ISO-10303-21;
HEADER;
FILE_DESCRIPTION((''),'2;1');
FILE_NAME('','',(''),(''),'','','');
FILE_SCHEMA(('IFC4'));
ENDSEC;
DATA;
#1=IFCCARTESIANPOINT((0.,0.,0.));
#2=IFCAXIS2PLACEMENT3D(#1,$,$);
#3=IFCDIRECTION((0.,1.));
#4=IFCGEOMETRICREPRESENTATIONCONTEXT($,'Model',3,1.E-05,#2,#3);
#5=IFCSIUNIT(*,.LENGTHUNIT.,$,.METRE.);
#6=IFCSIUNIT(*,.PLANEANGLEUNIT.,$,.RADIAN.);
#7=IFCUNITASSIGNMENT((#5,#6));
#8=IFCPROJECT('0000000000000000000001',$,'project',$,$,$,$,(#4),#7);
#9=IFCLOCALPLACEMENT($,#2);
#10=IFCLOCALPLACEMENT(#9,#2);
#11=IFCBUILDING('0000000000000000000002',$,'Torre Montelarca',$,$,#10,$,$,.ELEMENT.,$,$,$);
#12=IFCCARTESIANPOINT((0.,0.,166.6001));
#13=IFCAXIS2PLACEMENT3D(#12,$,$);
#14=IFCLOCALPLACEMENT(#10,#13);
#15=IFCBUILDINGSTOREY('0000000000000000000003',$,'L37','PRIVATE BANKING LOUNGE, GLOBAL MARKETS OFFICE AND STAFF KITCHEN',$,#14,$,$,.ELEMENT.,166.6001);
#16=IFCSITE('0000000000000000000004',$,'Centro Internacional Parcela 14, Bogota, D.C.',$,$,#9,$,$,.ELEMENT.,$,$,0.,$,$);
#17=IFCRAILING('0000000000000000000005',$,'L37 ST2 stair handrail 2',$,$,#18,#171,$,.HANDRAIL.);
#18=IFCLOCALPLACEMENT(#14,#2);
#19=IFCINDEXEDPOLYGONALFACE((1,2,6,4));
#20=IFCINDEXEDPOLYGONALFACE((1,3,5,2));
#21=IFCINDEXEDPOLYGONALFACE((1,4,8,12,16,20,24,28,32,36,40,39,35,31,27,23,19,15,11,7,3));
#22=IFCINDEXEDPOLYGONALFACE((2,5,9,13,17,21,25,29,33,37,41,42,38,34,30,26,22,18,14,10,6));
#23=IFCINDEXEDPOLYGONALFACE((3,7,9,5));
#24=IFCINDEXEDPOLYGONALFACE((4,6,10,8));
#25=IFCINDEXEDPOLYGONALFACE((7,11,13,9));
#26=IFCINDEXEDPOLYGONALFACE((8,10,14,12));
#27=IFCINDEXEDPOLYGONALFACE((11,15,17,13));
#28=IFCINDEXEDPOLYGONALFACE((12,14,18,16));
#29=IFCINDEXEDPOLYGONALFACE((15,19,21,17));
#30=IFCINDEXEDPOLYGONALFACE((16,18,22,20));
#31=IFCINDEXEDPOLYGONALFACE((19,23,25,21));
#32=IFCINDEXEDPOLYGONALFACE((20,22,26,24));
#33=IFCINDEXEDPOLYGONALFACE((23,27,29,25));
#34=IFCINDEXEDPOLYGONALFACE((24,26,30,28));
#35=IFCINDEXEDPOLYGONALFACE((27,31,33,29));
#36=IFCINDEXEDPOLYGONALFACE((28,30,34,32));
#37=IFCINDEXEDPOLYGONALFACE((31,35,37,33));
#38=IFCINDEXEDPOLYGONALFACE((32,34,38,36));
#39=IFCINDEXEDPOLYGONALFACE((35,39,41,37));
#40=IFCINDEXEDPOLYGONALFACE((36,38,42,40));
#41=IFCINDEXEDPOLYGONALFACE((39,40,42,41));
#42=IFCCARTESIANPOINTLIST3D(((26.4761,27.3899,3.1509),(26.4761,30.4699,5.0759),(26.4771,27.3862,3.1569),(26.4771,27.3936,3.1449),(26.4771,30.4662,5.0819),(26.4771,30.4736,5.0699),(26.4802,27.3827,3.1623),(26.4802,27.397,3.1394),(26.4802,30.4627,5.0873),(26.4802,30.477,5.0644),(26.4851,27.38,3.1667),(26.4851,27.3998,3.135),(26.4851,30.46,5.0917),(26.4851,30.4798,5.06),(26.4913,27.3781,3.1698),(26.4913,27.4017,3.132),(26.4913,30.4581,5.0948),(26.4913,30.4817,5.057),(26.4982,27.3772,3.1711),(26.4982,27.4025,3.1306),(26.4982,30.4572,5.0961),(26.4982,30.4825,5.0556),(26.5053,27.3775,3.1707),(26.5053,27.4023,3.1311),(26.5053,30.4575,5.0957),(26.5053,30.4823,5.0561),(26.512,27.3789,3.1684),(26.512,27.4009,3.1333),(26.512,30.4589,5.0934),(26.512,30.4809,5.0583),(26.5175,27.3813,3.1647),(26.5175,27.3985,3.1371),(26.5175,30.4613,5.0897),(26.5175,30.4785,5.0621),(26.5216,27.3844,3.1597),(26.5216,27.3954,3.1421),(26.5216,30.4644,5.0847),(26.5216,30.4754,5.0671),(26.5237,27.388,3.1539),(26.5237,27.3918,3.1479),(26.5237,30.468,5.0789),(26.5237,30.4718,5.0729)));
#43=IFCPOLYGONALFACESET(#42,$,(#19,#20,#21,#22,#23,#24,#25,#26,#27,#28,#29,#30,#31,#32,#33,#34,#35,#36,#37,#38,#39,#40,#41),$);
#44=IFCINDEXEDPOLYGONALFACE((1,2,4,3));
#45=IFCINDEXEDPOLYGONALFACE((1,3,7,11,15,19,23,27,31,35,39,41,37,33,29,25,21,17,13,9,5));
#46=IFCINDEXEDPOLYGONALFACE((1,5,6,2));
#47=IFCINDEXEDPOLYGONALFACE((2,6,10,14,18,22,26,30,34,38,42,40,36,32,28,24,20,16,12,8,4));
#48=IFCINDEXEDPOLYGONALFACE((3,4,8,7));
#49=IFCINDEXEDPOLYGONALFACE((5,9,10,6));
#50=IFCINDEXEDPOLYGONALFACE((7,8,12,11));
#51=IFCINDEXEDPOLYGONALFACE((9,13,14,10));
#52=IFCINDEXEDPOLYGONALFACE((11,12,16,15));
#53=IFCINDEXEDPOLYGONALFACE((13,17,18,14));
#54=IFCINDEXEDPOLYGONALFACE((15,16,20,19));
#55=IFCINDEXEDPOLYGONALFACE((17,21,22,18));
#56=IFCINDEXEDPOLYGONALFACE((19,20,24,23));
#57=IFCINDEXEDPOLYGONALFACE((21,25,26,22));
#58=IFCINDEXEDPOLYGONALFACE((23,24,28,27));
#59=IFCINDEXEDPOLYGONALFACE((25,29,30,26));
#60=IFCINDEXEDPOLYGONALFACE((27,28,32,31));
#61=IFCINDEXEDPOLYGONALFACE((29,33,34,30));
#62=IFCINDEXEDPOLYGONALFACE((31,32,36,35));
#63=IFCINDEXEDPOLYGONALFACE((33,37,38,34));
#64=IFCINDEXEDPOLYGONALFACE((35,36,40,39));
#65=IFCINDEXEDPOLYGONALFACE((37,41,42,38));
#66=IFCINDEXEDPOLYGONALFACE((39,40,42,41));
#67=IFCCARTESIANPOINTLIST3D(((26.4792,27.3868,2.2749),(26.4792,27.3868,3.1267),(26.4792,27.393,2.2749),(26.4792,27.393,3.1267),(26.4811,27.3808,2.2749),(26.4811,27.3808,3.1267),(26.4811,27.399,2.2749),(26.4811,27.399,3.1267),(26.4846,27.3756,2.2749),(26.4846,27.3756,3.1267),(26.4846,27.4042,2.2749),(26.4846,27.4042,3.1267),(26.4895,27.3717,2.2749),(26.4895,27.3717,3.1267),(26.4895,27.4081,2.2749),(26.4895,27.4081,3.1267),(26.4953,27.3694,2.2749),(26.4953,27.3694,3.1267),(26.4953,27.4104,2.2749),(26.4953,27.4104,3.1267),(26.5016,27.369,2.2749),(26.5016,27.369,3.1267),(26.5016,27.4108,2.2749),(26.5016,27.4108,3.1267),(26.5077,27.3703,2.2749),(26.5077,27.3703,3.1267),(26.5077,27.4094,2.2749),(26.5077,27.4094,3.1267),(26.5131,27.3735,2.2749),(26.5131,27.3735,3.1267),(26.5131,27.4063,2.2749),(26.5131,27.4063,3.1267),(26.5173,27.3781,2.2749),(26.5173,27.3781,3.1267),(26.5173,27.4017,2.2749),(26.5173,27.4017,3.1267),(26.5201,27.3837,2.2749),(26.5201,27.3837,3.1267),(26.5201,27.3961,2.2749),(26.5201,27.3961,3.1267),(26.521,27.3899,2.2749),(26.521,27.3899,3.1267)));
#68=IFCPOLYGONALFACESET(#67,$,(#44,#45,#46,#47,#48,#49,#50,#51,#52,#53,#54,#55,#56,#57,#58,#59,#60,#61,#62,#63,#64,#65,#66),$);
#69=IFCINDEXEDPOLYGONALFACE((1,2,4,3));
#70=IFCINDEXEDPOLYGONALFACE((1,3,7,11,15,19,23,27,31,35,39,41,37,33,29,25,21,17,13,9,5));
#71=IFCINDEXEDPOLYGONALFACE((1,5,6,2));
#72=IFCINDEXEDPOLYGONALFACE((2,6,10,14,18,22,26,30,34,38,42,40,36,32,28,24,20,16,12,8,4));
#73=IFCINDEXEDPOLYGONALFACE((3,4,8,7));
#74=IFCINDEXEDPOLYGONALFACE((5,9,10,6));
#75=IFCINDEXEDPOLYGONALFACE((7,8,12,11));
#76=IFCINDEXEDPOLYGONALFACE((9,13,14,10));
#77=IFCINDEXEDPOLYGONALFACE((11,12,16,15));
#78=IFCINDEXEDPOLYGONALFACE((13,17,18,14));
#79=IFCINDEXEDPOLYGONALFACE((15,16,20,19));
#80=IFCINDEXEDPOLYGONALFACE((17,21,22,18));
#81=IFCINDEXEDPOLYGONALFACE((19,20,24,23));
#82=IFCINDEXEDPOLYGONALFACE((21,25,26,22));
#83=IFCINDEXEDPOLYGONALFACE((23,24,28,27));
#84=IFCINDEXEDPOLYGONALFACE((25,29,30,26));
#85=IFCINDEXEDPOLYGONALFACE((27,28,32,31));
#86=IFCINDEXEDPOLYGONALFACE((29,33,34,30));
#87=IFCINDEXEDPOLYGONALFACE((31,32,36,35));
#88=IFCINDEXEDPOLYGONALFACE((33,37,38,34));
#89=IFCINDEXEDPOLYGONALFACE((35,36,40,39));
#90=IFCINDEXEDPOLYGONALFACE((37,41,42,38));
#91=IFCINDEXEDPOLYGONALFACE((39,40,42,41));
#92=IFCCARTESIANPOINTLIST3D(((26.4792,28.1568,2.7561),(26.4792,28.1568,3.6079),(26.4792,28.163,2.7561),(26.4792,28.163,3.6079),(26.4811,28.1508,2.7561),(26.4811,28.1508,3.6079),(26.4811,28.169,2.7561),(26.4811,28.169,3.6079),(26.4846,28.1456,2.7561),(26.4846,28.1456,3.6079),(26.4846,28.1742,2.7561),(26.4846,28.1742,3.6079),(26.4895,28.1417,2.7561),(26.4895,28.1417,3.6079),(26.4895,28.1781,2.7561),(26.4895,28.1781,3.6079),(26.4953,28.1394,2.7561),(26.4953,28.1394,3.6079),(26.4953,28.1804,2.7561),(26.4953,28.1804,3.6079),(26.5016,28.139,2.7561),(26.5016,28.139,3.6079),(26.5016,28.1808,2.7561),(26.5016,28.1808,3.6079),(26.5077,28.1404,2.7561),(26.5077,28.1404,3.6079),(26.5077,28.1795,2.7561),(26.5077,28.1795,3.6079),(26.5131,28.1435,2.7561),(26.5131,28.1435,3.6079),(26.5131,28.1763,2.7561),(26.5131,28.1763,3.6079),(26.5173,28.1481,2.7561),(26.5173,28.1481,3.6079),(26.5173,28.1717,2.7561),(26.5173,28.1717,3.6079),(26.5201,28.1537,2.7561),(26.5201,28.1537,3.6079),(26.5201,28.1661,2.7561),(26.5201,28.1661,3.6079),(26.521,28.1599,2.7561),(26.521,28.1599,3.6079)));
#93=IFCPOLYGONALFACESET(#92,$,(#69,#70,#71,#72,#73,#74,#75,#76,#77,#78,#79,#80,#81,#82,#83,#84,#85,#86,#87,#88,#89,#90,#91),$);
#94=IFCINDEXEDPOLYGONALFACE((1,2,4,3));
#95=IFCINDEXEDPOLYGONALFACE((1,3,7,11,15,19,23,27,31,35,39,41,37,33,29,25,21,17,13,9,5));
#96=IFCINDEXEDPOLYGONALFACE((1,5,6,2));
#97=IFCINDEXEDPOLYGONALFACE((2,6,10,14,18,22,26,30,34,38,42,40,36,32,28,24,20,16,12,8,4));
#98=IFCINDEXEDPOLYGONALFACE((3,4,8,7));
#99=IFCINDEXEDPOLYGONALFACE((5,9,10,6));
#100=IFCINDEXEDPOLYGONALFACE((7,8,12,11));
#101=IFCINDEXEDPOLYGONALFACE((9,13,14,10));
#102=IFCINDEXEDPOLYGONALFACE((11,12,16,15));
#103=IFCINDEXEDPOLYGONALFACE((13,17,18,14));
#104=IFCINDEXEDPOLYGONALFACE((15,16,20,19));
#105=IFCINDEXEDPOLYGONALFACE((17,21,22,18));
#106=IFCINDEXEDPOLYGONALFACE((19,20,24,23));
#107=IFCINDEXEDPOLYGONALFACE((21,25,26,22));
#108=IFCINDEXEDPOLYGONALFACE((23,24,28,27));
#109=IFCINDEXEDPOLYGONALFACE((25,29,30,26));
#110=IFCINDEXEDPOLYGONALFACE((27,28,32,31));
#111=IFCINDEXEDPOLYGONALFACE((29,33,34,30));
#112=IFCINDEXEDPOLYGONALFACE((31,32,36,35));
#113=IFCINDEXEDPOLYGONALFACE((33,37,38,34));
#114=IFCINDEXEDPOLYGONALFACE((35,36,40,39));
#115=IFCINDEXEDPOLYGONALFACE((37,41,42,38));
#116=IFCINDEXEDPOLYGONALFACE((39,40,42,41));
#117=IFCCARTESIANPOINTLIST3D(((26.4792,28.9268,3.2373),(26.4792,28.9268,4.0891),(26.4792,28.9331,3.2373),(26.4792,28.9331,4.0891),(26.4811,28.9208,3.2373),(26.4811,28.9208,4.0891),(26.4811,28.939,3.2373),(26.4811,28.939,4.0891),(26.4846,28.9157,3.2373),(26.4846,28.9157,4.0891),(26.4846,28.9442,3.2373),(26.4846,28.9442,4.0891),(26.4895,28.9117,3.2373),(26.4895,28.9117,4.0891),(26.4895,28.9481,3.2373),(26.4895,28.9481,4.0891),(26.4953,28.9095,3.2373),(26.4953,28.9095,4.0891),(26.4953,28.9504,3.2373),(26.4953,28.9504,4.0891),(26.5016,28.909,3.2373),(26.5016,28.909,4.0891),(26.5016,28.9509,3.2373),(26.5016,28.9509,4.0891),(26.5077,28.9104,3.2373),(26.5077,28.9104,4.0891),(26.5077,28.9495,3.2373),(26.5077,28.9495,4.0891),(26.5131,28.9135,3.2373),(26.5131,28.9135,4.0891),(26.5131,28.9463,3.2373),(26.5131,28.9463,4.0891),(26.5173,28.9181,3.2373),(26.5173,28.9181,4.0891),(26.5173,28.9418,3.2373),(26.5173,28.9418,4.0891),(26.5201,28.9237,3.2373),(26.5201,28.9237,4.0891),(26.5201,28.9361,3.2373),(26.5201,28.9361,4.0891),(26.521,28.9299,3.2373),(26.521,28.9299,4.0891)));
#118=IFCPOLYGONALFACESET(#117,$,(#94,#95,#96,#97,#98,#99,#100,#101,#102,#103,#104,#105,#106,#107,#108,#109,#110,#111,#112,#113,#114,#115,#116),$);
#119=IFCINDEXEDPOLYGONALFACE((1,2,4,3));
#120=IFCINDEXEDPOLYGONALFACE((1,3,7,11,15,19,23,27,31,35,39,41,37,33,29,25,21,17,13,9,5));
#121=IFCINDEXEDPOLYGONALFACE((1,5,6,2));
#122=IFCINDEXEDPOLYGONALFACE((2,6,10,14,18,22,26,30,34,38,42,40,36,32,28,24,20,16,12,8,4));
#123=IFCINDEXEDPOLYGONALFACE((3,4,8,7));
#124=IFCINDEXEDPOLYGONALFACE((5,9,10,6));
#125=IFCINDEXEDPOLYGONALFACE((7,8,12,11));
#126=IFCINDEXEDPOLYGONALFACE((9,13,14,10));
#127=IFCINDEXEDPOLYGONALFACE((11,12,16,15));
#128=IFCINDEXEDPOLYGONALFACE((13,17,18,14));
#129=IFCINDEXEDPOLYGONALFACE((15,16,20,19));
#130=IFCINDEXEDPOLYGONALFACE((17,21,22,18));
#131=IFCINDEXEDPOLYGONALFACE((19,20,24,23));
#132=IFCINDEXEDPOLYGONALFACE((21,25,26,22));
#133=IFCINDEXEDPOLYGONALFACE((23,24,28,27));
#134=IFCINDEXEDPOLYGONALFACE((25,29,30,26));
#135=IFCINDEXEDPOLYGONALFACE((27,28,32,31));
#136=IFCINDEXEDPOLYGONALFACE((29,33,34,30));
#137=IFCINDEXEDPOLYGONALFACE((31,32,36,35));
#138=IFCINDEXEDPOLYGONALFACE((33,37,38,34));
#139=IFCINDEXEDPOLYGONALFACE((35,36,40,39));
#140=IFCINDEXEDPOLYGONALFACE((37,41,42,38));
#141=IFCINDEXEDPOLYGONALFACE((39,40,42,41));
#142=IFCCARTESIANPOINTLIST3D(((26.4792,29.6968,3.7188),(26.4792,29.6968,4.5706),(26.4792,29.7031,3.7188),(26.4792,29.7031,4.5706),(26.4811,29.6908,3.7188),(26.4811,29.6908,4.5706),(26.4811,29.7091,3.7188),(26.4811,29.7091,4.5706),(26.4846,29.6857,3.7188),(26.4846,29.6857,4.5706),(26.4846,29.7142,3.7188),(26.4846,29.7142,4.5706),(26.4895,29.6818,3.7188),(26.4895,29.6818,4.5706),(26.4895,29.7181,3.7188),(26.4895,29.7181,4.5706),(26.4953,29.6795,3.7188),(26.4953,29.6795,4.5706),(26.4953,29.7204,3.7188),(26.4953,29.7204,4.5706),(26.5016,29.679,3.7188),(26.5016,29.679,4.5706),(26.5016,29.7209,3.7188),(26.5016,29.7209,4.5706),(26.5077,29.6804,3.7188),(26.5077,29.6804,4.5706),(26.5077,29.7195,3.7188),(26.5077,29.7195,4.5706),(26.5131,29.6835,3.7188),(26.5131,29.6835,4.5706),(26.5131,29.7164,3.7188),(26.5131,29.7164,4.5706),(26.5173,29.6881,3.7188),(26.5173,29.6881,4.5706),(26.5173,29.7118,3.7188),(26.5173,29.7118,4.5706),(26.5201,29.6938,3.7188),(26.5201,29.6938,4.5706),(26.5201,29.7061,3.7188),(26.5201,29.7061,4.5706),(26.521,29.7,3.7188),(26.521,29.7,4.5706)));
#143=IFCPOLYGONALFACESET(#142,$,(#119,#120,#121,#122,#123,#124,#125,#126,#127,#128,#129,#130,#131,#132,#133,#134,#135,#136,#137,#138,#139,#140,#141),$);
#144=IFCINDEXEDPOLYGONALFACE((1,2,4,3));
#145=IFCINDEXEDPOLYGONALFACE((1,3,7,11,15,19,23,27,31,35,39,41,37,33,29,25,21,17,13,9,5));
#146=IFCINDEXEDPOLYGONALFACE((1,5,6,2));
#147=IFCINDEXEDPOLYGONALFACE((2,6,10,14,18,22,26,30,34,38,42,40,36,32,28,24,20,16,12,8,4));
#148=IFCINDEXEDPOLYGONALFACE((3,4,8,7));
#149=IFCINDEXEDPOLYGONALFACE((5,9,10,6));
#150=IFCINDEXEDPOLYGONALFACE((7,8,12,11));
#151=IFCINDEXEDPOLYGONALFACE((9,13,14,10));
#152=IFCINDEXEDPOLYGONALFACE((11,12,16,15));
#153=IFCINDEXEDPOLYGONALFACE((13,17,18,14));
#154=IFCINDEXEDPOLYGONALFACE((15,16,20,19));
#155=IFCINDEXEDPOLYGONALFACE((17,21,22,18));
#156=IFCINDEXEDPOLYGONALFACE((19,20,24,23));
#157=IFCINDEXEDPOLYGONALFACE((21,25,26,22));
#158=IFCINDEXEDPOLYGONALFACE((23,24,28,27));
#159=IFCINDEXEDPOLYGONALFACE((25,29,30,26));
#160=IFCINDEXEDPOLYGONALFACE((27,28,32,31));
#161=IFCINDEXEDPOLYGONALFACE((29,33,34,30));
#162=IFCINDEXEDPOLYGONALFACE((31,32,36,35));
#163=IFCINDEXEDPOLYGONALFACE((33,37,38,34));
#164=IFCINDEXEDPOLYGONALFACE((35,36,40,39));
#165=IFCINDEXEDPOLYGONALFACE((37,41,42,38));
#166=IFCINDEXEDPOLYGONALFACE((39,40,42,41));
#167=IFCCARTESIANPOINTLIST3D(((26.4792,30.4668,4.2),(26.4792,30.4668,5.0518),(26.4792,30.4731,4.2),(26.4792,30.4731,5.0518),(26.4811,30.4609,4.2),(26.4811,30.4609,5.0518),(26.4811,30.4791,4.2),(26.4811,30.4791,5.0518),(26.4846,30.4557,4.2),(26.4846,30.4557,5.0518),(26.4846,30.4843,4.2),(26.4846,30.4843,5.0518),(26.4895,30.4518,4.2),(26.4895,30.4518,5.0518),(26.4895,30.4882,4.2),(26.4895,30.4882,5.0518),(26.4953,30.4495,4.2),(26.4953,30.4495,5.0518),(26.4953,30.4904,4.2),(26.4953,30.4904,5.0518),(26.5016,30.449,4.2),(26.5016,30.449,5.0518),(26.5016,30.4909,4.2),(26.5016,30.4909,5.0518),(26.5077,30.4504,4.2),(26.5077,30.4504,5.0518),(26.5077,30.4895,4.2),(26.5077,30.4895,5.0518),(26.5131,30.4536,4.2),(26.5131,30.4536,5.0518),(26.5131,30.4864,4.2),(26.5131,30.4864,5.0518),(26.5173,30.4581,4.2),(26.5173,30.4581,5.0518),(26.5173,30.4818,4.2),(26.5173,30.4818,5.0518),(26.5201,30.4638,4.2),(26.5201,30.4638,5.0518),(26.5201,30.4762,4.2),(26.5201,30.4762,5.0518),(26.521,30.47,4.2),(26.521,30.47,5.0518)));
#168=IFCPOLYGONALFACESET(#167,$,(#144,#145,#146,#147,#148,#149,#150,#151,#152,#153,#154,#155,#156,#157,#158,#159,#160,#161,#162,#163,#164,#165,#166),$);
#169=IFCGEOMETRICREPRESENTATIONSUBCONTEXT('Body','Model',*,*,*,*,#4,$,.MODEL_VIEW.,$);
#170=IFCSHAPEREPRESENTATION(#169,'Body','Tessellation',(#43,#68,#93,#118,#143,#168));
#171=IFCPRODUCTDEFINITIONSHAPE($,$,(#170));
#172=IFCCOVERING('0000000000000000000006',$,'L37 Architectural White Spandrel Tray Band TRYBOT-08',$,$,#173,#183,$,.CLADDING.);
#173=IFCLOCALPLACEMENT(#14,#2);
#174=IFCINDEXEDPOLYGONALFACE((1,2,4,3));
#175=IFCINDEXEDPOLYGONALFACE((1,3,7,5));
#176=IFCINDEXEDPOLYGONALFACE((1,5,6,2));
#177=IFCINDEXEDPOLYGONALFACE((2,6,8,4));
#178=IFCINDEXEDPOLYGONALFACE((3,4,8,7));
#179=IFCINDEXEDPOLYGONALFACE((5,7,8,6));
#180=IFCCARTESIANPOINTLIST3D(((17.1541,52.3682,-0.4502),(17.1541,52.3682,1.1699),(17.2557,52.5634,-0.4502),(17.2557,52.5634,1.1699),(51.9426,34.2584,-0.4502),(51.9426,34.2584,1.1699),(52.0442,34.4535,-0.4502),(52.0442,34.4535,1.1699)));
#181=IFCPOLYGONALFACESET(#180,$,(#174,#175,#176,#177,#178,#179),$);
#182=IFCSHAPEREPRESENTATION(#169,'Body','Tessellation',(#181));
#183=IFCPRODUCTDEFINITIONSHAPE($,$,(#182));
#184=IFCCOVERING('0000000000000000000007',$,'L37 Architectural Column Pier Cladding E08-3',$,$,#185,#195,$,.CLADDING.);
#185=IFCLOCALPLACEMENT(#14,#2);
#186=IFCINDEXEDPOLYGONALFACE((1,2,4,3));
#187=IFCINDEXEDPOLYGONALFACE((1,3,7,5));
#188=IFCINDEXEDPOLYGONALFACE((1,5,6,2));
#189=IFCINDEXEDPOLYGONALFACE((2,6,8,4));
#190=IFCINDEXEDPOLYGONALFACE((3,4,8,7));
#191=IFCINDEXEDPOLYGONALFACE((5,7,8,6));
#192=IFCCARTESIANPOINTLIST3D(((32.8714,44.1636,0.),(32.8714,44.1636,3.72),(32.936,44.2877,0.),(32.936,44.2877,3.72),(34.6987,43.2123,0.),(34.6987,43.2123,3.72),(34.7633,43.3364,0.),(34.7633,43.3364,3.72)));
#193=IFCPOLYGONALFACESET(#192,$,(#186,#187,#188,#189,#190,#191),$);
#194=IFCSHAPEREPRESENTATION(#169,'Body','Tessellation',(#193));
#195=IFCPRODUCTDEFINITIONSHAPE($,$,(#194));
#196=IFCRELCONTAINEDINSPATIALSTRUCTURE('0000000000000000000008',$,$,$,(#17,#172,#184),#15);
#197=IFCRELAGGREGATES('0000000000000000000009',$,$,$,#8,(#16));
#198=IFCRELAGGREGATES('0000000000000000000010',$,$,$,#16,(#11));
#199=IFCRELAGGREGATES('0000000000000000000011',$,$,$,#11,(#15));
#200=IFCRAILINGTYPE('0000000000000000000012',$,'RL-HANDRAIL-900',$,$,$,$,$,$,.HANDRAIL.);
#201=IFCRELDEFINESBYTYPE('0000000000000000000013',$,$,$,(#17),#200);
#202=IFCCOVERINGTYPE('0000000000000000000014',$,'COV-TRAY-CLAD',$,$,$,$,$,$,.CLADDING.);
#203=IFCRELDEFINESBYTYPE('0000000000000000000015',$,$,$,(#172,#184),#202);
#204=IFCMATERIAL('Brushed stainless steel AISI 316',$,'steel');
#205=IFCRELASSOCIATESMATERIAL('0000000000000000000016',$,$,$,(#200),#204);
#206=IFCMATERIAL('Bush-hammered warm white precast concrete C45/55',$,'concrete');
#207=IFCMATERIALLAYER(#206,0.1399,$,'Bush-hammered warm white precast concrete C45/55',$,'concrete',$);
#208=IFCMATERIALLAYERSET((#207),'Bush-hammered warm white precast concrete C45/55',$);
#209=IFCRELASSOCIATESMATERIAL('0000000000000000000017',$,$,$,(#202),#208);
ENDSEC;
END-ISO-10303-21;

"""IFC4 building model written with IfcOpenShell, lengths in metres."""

from ifc_helpers import new_model, si_unit, direction, frame, origin, origin_2d, place, context, subcontext, project, spatial, rectangle, circle, extrude, source, transform, mapped, material, layer, layer_set, type_object, element, save


model = new_model("IFC4")

# Units and contexts
model_context = context("Model", 3, precision=1e-05, world=origin(), true_north=direction((0.0, 1.0)))
body_context = subcontext(model_context, "Body", "Model", "MODEL_VIEW")
ifc_project = project(units=[si_unit("LENGTHUNIT", "METRE"), si_unit("PLANEANGLEUNIT", "RADIAN")], contexts=[model_context])

# Site, building, storey
site_placement = place(None, origin())
site = spatial("IfcSite", under=ifc_project, at=site_placement, Name="Centro Internacional Parcela 14, Bogota, D.C.", CompositionType="ELEMENT", RefElevation=0.0)
building_placement = place(site_placement, origin())
building = spatial("IfcBuilding", under=site, at=building_placement, Name="Torre Montelarca", CompositionType="ELEMENT")
storey_placement = place(building_placement, frame((0.0, 0.0, 166.6001)))
storey = spatial("IfcBuildingStorey", under=building, at=storey_placement, Name="L37", Description="PRIVATE BANKING LOUNGE, GLOBAL MARKETS OFFICE AND STAFF KITCHEN", CompositionType="ELEMENT", Elevation=166.6001)

# Shared definitions
ifc_material_1 = material(Name="Brushed stainless steel AISI 316", Category="steel")

# Railing
railing_type_1 = type_object("IfcRailingType", Name="RL-HANDRAIL-900", PredefinedType="HANDRAIL", material=ifc_material_1)
railing_1_placement = place(storey_placement, frame((26.5, 27.3899, 2.2749)))
element("IfcRailing", 1, at=railing_1_placement, inside=storey, type_object=railing_type_1, Name="L37 ST2 stair handrail 2", PredefinedType="HANDRAIL", context=body_context, shape_type="SweptSolid", body=[
    extrude(circle(Radius=0.0239, at=origin_2d()), frame((0.0, 0.0, 0.876), z_axis=(0.0, 0.847998, 0.529999), x_axis=(-1.0, 0.0, 0.0)), (0.0, 0.0, 1.0), 3.6321),
    extrude(circle(Radius=0.021, at=origin_2d()), origin(), (0.0, 0.0, 1.0), 0.8518),
    extrude(circle(Radius=0.021, at=origin_2d()), frame((0.0, 0.77, 0.4812)), (0.0, 0.0, 1.0), 0.8518),
    extrude(circle(Radius=0.021, at=origin_2d()), frame((0.0, 1.54, 0.9624)), (0.0, 0.0, 1.0), 0.8518),
    extrude(circle(Radius=0.021, at=origin_2d()), frame((0.0, 2.3101, 1.4438)), (0.0, 0.0, 1.0), 0.8518),
    extrude(circle(Radius=0.021, at=origin_2d()), frame((0.0, 3.0801, 1.925)), (0.0, 0.0, 1.0), 0.8518),
])

# Coverings
ifc_material_2 = material(Name="Bush-hammered warm white precast concrete C45/55", Category="concrete")
ifc_layer_1 = layer(ifc_material_2, 0.1399, Name="Bush-hammered warm white precast concrete C45/55", Category="concrete")
ifc_layer_set_1 = layer_set([ifc_layer_1], Name="Bush-hammered warm white precast concrete C45/55")
covering_type = type_object("IfcCoveringType", Name="COV-TRAY-CLAD", PredefinedType="CLADDING", material=ifc_layer_set_1)
shared_shape_1 = source(origin(), body_context, "Body", "SweptSolid", [
    extrude(rectangle(XDim=39.22, YDim=0.22, at=origin_2d()), origin(), (0.0, 0.0, 1.0), 1.6201),
])
covering_1_placement = place(storey_placement, frame((34.5991, 43.4109, -0.4502), z_axis=(0.0, 0.0, 1.0), x_axis=(-0.88701, 0.46175, 0.0)))
element("IfcCovering", 2, at=covering_1_placement, inside=storey, type_object=covering_type, Name="L37 Architectural White Spandrel Tray Band TRYBOT-08", PredefinedType="CLADDING", context=body_context, shape_type="MappedRepresentation", body=[
    mapped(shared_shape_1, transform((0.0, 0.0, 0.0), scale=1.0)),
])
shared_shape_2 = source(origin(), body_context, "Body", "SweptSolid", [
    extrude(rectangle(XDim=2.0601, YDim=0.1399, at=origin_2d()), origin(), (0.0, 0.0, 1.0), 3.72),
])
covering_2_placement = place(storey_placement, frame((33.8174, 43.75, 0.0), z_axis=(0.0, 0.0, 1.0), x_axis=(-0.887011, 0.461749, 0.0)))
element("IfcCovering", 3, at=covering_2_placement, inside=storey, type_object=covering_type, Name="L37 Architectural Column Pier Cladding E08-3", PredefinedType="CLADDING", context=body_context, shape_type="MappedRepresentation", body=[
    mapped(shared_shape_2, transform((0.0, 0.0, 0.0), scale=1.0)),
])

save(model, "model.ifc")
